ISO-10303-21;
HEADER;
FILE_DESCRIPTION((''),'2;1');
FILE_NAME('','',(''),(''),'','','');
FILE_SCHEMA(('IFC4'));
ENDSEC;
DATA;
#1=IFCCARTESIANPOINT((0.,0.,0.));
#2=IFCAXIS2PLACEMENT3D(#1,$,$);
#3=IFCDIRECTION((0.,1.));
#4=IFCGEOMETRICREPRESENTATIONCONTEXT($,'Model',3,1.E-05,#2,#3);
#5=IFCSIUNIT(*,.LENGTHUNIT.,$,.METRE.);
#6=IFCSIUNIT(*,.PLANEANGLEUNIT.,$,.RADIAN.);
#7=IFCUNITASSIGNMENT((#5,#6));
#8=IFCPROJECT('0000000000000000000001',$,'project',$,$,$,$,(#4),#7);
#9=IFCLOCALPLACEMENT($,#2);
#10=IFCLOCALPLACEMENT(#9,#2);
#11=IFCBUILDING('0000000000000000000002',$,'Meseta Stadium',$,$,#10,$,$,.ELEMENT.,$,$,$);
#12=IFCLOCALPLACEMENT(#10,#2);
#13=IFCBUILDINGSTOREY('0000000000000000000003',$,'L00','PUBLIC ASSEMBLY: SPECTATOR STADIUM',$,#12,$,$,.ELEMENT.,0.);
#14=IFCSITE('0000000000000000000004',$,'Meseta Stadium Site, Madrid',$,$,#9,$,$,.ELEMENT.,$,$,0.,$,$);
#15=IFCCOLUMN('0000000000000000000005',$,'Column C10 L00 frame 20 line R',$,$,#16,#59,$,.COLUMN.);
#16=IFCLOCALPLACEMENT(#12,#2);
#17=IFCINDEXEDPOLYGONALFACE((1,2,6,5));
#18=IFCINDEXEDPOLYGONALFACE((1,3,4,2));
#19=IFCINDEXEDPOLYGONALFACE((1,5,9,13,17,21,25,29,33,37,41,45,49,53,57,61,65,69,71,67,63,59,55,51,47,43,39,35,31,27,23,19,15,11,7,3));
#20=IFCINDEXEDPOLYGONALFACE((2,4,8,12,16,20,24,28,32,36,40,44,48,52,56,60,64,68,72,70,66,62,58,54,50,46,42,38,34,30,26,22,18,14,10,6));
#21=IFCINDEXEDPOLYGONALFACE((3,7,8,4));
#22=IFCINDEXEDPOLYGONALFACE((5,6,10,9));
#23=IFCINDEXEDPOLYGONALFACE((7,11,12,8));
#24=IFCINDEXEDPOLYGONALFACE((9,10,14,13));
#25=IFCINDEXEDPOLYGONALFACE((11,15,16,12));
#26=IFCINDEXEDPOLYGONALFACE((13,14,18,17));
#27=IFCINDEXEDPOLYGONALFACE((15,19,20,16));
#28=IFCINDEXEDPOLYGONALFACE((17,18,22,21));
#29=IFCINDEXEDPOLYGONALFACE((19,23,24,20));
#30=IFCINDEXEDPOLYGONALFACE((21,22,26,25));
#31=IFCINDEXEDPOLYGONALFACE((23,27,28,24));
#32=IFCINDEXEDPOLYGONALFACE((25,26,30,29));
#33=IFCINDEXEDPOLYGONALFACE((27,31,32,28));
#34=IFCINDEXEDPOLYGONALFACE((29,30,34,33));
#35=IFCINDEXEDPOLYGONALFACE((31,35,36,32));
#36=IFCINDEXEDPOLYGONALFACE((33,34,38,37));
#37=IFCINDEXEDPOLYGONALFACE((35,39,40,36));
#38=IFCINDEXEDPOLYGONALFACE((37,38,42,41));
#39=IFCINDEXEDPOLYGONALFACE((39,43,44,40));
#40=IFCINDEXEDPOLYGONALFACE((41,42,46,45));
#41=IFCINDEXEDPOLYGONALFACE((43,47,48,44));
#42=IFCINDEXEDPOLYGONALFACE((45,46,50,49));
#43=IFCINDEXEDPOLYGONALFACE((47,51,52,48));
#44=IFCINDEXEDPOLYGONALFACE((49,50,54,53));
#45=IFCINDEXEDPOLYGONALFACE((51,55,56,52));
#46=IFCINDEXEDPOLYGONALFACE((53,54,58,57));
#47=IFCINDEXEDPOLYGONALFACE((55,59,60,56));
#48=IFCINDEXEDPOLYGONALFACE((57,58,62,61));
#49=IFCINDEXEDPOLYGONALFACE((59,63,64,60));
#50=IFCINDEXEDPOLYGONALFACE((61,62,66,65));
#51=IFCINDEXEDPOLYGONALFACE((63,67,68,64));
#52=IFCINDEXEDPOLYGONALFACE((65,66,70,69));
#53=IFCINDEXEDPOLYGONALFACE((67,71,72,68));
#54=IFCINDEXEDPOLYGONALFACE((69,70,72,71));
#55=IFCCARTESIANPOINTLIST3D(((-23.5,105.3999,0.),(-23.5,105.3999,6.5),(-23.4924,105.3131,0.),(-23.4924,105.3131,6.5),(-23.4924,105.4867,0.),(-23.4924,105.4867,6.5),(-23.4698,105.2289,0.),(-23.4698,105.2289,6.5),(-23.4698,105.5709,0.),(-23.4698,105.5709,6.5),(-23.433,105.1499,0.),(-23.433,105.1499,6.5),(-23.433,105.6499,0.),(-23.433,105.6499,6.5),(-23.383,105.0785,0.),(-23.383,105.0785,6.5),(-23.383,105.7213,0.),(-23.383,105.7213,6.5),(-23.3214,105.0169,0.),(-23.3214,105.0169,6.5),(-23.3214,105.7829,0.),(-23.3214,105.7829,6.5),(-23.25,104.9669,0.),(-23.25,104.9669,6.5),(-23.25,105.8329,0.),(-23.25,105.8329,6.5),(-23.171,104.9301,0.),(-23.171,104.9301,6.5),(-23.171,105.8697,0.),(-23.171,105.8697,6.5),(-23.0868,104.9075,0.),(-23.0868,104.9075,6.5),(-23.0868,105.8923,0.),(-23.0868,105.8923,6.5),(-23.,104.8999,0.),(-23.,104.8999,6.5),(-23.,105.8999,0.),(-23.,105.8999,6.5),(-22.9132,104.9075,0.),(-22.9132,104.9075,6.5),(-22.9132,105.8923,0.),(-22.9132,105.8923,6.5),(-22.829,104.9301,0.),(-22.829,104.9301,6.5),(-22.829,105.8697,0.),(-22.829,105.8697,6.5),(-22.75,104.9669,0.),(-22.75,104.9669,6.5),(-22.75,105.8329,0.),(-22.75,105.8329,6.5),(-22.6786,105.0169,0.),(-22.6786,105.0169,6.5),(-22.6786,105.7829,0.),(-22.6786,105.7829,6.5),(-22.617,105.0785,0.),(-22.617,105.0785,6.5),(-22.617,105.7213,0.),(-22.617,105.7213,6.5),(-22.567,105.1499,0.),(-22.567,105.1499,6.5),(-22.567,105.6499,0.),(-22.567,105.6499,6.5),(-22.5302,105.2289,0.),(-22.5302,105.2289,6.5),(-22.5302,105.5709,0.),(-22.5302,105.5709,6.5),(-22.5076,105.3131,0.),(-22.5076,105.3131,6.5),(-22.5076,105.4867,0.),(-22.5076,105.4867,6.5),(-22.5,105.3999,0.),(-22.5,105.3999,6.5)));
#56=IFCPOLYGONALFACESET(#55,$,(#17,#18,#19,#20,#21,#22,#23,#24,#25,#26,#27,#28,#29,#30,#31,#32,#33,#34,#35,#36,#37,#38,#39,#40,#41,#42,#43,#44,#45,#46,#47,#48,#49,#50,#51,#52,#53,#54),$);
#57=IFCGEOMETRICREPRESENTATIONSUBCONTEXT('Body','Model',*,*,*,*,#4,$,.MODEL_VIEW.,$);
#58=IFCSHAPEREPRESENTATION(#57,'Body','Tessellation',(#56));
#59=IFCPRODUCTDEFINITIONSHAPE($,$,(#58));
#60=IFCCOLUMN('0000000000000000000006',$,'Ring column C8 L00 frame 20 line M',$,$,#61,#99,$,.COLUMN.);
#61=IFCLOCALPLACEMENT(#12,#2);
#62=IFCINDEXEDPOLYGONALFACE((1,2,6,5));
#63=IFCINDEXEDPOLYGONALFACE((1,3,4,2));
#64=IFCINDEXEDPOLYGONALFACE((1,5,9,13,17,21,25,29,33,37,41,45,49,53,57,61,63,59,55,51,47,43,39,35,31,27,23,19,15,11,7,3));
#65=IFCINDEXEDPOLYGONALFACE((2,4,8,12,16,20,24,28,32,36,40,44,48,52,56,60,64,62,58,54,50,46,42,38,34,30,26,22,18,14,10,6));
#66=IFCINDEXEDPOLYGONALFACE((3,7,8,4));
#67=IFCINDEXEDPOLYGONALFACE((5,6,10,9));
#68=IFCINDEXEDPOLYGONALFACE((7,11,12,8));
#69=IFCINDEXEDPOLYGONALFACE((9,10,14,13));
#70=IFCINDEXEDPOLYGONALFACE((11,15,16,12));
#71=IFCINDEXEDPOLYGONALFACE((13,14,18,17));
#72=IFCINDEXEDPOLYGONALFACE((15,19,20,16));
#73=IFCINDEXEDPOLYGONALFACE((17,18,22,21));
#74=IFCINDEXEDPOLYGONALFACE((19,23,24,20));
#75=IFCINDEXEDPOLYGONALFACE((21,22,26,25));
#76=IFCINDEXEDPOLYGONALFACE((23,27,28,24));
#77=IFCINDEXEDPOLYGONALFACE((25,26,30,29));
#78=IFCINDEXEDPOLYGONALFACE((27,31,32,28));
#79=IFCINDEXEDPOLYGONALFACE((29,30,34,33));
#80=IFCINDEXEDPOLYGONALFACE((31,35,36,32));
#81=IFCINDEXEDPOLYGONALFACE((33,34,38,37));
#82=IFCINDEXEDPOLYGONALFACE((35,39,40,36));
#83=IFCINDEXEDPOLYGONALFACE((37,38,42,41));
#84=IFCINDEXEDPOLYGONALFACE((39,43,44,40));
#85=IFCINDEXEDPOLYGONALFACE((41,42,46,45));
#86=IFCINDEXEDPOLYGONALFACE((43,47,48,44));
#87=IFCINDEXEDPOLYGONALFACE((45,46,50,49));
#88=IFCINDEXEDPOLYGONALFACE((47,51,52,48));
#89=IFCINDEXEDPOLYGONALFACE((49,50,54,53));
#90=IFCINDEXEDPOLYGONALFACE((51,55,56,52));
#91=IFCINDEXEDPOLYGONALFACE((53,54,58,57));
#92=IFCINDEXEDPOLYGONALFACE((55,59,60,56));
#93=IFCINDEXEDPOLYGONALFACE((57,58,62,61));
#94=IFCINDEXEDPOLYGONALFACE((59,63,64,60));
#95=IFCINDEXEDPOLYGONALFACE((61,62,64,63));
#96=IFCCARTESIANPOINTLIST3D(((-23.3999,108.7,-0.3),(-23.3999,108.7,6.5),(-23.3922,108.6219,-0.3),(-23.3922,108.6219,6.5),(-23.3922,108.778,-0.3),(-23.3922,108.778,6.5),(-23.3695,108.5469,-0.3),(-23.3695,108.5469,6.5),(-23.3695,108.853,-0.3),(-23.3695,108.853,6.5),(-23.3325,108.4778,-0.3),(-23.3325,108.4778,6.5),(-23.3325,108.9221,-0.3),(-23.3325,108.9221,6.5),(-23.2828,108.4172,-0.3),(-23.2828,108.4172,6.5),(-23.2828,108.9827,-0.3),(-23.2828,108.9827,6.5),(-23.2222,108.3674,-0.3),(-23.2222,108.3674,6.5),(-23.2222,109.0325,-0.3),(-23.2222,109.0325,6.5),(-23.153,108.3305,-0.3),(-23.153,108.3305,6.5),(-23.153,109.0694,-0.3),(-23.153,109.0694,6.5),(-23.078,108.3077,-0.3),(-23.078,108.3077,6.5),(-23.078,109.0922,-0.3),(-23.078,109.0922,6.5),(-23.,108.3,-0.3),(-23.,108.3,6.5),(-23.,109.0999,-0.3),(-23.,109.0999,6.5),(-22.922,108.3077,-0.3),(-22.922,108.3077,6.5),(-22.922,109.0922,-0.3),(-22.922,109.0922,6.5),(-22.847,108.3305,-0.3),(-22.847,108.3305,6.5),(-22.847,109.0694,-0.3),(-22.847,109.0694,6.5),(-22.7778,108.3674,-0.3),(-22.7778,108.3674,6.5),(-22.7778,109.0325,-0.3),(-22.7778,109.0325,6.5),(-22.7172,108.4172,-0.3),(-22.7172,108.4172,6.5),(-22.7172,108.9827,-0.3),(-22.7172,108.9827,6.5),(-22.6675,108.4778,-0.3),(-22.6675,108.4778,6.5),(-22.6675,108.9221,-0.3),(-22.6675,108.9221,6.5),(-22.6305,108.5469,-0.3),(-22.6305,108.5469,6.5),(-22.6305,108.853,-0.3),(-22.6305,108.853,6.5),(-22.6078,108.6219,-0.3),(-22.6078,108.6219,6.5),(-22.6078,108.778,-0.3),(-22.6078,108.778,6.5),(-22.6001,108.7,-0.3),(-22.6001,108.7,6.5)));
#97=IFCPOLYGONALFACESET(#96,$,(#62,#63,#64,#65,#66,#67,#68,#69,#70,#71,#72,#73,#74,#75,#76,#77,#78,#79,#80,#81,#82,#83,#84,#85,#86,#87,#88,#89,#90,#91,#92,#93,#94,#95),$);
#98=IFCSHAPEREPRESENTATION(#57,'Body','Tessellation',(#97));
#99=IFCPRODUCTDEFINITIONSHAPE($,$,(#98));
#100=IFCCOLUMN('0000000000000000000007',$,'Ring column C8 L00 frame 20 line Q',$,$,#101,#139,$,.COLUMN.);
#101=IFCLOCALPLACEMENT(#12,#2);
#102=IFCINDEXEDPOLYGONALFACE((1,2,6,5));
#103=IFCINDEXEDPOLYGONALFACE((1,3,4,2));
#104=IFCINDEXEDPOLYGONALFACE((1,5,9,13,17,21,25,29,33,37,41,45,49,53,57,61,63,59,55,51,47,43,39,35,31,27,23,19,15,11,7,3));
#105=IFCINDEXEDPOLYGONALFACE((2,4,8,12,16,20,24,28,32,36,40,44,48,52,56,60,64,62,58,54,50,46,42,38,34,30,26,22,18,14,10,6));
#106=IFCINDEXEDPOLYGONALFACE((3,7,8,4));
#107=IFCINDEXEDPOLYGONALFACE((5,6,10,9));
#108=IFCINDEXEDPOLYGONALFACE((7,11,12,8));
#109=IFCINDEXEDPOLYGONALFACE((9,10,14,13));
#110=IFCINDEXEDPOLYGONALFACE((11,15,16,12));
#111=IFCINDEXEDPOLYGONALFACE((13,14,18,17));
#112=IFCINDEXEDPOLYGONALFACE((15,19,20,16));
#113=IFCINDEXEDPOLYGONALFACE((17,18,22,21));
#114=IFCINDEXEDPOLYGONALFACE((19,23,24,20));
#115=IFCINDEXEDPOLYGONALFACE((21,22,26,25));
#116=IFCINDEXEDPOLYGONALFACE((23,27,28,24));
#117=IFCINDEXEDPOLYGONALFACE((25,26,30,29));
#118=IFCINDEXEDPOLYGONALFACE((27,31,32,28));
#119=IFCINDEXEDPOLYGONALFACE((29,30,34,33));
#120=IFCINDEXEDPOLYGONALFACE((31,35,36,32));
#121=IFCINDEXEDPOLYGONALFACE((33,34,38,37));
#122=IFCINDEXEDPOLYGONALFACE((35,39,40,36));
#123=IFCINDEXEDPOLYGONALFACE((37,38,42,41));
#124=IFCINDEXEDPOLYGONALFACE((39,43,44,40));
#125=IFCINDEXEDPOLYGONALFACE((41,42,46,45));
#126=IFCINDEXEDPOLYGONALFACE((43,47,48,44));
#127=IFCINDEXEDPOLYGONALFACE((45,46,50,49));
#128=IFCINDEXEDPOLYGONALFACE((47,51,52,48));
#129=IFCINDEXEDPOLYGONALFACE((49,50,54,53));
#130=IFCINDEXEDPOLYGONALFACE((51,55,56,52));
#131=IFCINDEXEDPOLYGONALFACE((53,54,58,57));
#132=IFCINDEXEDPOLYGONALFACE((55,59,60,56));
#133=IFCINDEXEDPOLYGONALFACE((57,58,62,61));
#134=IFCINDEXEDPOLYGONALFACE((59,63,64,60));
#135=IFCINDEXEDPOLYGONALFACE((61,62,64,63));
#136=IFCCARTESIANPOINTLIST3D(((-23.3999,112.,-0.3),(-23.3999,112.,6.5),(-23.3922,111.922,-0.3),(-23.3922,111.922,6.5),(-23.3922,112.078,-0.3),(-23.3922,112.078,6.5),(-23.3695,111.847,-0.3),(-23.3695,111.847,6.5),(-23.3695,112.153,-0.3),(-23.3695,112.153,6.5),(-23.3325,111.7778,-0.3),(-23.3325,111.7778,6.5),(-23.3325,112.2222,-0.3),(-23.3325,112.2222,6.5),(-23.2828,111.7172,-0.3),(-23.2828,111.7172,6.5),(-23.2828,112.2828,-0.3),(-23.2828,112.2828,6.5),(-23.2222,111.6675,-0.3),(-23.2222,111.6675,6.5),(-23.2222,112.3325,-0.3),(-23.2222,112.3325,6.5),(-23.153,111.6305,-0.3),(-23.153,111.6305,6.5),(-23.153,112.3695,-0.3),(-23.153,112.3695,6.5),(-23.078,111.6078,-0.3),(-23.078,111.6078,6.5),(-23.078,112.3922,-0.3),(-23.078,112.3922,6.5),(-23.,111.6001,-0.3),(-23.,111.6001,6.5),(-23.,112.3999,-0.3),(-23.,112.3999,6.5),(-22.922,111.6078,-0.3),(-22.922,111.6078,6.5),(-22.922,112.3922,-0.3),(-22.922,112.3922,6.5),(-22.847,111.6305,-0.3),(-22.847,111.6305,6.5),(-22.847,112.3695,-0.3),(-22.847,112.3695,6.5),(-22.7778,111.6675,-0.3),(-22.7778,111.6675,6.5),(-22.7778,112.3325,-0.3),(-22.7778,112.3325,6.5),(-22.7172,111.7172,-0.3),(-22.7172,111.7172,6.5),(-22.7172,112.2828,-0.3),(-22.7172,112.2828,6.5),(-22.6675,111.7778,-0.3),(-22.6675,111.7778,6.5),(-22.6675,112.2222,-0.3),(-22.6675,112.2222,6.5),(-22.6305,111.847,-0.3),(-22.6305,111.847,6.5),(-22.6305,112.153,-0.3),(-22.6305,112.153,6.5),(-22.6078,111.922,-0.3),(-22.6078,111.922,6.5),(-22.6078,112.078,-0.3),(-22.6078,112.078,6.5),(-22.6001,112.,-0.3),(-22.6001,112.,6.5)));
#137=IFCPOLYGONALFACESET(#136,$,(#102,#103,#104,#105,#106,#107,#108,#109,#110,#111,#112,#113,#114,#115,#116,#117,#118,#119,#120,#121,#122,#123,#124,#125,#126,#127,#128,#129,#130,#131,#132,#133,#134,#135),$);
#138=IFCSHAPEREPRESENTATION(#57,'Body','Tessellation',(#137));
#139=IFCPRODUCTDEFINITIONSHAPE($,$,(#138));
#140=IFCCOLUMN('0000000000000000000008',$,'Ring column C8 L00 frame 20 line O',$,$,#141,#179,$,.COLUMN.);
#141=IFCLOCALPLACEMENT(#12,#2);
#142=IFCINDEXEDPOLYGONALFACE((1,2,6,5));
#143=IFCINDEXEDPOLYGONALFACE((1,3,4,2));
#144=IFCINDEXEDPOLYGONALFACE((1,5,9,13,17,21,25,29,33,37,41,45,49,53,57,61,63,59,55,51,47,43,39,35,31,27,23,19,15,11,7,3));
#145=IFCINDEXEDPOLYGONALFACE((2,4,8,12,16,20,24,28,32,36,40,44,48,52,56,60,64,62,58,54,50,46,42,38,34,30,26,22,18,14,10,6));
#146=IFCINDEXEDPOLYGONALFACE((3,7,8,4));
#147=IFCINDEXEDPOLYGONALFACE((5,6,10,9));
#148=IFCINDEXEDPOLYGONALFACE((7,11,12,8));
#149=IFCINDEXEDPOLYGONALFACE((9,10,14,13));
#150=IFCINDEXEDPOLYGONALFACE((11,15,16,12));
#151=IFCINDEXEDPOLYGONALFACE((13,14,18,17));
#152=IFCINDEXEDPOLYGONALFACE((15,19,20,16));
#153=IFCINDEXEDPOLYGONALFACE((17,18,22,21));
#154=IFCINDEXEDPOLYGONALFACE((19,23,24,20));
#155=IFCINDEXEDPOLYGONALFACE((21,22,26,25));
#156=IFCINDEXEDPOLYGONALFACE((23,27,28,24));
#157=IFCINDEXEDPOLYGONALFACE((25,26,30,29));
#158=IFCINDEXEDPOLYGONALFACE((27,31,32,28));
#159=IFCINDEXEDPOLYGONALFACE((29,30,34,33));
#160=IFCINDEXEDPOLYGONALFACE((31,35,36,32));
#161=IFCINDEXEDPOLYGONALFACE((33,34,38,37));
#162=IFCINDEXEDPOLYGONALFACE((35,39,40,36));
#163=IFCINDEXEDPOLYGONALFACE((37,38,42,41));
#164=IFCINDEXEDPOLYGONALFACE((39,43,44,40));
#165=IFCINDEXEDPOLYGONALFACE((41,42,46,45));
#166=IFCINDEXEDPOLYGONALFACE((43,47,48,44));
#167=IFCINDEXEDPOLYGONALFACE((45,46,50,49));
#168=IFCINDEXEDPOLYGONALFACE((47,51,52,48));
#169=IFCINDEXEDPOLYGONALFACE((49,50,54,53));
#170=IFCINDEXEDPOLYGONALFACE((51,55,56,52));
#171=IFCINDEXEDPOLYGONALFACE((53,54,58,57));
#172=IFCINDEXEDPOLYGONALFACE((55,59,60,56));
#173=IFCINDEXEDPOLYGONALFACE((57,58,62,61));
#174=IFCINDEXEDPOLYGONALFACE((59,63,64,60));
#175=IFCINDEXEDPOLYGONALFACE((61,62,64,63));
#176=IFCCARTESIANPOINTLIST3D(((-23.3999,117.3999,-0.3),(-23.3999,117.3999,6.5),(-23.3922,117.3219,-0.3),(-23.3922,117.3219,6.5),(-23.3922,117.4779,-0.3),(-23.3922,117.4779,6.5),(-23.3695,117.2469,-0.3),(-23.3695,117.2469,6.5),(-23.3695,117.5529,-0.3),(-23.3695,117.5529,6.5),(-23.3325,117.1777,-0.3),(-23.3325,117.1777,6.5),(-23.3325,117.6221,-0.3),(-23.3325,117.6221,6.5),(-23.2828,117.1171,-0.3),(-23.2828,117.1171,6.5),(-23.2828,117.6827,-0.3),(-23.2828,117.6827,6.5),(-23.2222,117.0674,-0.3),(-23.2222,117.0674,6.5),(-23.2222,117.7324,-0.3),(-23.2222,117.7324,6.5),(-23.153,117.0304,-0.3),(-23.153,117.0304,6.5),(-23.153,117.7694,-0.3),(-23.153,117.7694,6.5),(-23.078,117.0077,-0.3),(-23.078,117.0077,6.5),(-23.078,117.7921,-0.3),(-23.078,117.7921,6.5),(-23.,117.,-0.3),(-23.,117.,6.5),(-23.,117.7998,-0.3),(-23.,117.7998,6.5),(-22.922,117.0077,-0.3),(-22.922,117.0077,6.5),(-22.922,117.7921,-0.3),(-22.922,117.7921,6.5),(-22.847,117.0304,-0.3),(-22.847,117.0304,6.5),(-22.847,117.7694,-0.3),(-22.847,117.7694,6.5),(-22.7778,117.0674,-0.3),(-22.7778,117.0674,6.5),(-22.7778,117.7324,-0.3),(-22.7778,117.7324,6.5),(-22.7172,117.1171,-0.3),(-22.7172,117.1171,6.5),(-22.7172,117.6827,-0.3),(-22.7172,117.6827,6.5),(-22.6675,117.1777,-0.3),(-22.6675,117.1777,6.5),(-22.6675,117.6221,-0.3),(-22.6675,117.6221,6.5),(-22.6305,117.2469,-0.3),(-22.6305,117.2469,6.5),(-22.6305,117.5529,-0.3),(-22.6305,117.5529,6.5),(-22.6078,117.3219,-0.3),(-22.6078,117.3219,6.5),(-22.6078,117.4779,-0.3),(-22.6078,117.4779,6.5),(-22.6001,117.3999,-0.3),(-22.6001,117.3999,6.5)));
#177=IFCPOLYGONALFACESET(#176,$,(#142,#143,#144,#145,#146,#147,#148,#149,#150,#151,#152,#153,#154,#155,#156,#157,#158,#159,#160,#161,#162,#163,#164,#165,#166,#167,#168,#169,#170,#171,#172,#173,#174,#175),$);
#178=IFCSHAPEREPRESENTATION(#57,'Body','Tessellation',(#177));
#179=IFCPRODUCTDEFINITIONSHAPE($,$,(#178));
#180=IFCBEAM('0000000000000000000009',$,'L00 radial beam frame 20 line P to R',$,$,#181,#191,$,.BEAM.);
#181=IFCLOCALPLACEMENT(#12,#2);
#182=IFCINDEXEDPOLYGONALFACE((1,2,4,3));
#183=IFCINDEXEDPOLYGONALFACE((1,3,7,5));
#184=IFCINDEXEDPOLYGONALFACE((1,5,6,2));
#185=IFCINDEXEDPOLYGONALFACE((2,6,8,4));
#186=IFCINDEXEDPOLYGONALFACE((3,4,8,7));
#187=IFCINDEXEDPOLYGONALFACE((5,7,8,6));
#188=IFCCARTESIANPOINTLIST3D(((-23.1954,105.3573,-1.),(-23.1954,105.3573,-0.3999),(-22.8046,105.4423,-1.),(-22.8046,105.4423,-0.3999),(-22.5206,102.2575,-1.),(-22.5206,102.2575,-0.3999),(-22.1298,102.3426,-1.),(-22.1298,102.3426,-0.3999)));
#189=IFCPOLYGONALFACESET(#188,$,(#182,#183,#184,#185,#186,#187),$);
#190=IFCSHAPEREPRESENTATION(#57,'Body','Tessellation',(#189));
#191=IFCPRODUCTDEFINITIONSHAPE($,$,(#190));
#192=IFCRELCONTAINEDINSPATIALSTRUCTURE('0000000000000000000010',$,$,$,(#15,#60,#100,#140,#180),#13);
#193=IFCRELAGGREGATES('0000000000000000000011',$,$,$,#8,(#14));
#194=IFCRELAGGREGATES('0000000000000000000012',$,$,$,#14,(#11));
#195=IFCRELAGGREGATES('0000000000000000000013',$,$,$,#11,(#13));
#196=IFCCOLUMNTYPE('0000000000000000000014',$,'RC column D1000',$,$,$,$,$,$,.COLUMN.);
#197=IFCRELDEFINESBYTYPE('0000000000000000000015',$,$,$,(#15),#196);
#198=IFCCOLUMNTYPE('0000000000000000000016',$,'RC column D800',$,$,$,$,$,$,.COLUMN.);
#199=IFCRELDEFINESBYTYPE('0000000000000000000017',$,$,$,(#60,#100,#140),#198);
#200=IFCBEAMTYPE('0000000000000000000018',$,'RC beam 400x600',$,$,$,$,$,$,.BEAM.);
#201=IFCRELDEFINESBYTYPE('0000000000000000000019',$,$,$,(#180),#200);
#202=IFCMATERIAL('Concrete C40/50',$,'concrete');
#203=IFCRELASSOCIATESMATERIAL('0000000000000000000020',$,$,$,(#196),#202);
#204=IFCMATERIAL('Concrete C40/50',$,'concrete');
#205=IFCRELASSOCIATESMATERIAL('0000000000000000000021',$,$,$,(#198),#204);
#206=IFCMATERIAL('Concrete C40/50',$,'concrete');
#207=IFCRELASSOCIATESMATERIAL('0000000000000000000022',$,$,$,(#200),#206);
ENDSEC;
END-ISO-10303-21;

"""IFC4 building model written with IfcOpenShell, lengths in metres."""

from ifc_helpers import new_model, si_unit, direction, frame, origin, origin_2d, place, context, subcontext, project, spatial, rectangle, circle, extrude, material, material_profile, profile_set, type_object, element, save


model = new_model("IFC4")

# Units and contexts
model_context = context("Model", 3, precision=1e-05, world=origin(), true_north=direction((0.0, 1.0)))
body_context = subcontext(model_context, "Body", "Model", "MODEL_VIEW")
ifc_project = project(units=[si_unit("LENGTHUNIT", "METRE"), si_unit("PLANEANGLEUNIT", "RADIAN")], contexts=[model_context])

# Site, building, storey
site_placement = place(None, origin())
site = spatial("IfcSite", under=ifc_project, at=site_placement, Name="Meseta Stadium Site, Madrid", CompositionType="ELEMENT", RefElevation=0.0)
building_placement = place(site_placement, origin())
building = spatial("IfcBuilding", under=site, at=building_placement, Name="Meseta Stadium", CompositionType="ELEMENT")
storey_placement = place(building_placement, origin())
storey = spatial("IfcBuildingStorey", under=building, at=storey_placement, Name="L00", Description="PUBLIC ASSEMBLY: SPECTATOR STADIUM", CompositionType="ELEMENT", Elevation=0.0)

# Columns
ifc_material_1 = material(Name="Concrete C40/50", Category="concrete")
ifc_material_profile_1 = material_profile(ifc_material_1, circle(Radius=0.5, at=origin_2d()), Name="RC D1000")
ifc_profile_set_1 = profile_set([ifc_material_profile_1], Name="Concrete C40/50")
column_type_1 = type_object("IfcColumnType", Name="RC column D1000", PredefinedType="COLUMN", material=ifc_profile_set_1)
column_placement = place(storey_placement, frame((-23.0, 105.3999, 0.0), z_axis=(0.0, 0.0, 1.0), x_axis=(1.0, 0.0, 0.0)))
element("IfcColumn", 1, at=column_placement, inside=storey, type_object=column_type_1, Name="Column C10 L00 frame 20 line R", PredefinedType="COLUMN", context=body_context, shape_type="SweptSolid", body=[
    extrude(circle(Radius=0.5, at=origin_2d()), origin(), (0.0, 0.0, 1.0), 6.5),
])
ifc_material_2 = material(Name="Concrete C40/50", Category="concrete")
ifc_material_profile_2 = material_profile(ifc_material_2, circle(Radius=0.3999, at=origin_2d()), Name="RC D800")
ifc_profile_set_2 = profile_set([ifc_material_profile_2], Name="Concrete C40/50")
column_type_2 = type_object("IfcColumnType", Name="RC column D800", PredefinedType="COLUMN", material=ifc_profile_set_2)
for number, where, z_axis, x_axis, name in (
    (2, (-23.0, 108.7, -0.3), (0.0, 0.0, 1.0), (1.0, 0.0, 0.0), "Ring column C8 L00 frame 20 line M"),
    (3, (-23.0, 112.0, -0.3), (0.0, 0.0, 1.0), (1.0, 0.0, 0.0), "Ring column C8 L00 frame 20 line Q"),
    (4, (-23.0, 117.3999, -0.3), (0.0, 0.0, 1.0), (1.0, 0.0, 0.0), "Ring column C8 L00 frame 20 line O"),
):
    element("IfcColumn", number, at=place(storey_placement, frame(where, z_axis=z_axis, x_axis=x_axis)), inside=storey, type_object=column_type_2, Name=name, PredefinedType="COLUMN", context=body_context, shape_type="SweptSolid", body=[
        extrude(circle(Radius=0.3999, at=origin_2d()), origin(), (0.0, 0.0, 1.0), 6.8),
    ])

# Beam
ifc_material_3 = material(Name="Concrete C40/50", Category="concrete")
ifc_material_profile_3 = material_profile(ifc_material_3, rectangle(XDim=0.3999, YDim=0.6001, at=origin_2d()), Name="RC 400x600")
ifc_profile_set_3 = profile_set([ifc_material_profile_3], Name="Concrete C40/50")
beam_type_1 = type_object("IfcBeamType", Name="RC beam 400x600", PredefinedType="BEAM", material=ifc_profile_set_3)
beam_1_placement = place(storey_placement, frame((-22.3252, 102.3, -0.7), z_axis=(-0.212708, 0.977116, 0.0), x_axis=(-0.977116, -0.212708, 0.0)))
element("IfcBeam", 5, at=beam_1_placement, inside=storey, type_object=beam_type_1, Name="L00 radial beam frame 20 line P to R", PredefinedType="BEAM", context=body_context, shape_type="SweptSolid", body=[
    extrude(rectangle(XDim=0.3999, YDim=0.6001, at=origin_2d()), origin(), (0.0, 0.0, 1.0), 3.1724),
])

save(model, "model.ifc")
